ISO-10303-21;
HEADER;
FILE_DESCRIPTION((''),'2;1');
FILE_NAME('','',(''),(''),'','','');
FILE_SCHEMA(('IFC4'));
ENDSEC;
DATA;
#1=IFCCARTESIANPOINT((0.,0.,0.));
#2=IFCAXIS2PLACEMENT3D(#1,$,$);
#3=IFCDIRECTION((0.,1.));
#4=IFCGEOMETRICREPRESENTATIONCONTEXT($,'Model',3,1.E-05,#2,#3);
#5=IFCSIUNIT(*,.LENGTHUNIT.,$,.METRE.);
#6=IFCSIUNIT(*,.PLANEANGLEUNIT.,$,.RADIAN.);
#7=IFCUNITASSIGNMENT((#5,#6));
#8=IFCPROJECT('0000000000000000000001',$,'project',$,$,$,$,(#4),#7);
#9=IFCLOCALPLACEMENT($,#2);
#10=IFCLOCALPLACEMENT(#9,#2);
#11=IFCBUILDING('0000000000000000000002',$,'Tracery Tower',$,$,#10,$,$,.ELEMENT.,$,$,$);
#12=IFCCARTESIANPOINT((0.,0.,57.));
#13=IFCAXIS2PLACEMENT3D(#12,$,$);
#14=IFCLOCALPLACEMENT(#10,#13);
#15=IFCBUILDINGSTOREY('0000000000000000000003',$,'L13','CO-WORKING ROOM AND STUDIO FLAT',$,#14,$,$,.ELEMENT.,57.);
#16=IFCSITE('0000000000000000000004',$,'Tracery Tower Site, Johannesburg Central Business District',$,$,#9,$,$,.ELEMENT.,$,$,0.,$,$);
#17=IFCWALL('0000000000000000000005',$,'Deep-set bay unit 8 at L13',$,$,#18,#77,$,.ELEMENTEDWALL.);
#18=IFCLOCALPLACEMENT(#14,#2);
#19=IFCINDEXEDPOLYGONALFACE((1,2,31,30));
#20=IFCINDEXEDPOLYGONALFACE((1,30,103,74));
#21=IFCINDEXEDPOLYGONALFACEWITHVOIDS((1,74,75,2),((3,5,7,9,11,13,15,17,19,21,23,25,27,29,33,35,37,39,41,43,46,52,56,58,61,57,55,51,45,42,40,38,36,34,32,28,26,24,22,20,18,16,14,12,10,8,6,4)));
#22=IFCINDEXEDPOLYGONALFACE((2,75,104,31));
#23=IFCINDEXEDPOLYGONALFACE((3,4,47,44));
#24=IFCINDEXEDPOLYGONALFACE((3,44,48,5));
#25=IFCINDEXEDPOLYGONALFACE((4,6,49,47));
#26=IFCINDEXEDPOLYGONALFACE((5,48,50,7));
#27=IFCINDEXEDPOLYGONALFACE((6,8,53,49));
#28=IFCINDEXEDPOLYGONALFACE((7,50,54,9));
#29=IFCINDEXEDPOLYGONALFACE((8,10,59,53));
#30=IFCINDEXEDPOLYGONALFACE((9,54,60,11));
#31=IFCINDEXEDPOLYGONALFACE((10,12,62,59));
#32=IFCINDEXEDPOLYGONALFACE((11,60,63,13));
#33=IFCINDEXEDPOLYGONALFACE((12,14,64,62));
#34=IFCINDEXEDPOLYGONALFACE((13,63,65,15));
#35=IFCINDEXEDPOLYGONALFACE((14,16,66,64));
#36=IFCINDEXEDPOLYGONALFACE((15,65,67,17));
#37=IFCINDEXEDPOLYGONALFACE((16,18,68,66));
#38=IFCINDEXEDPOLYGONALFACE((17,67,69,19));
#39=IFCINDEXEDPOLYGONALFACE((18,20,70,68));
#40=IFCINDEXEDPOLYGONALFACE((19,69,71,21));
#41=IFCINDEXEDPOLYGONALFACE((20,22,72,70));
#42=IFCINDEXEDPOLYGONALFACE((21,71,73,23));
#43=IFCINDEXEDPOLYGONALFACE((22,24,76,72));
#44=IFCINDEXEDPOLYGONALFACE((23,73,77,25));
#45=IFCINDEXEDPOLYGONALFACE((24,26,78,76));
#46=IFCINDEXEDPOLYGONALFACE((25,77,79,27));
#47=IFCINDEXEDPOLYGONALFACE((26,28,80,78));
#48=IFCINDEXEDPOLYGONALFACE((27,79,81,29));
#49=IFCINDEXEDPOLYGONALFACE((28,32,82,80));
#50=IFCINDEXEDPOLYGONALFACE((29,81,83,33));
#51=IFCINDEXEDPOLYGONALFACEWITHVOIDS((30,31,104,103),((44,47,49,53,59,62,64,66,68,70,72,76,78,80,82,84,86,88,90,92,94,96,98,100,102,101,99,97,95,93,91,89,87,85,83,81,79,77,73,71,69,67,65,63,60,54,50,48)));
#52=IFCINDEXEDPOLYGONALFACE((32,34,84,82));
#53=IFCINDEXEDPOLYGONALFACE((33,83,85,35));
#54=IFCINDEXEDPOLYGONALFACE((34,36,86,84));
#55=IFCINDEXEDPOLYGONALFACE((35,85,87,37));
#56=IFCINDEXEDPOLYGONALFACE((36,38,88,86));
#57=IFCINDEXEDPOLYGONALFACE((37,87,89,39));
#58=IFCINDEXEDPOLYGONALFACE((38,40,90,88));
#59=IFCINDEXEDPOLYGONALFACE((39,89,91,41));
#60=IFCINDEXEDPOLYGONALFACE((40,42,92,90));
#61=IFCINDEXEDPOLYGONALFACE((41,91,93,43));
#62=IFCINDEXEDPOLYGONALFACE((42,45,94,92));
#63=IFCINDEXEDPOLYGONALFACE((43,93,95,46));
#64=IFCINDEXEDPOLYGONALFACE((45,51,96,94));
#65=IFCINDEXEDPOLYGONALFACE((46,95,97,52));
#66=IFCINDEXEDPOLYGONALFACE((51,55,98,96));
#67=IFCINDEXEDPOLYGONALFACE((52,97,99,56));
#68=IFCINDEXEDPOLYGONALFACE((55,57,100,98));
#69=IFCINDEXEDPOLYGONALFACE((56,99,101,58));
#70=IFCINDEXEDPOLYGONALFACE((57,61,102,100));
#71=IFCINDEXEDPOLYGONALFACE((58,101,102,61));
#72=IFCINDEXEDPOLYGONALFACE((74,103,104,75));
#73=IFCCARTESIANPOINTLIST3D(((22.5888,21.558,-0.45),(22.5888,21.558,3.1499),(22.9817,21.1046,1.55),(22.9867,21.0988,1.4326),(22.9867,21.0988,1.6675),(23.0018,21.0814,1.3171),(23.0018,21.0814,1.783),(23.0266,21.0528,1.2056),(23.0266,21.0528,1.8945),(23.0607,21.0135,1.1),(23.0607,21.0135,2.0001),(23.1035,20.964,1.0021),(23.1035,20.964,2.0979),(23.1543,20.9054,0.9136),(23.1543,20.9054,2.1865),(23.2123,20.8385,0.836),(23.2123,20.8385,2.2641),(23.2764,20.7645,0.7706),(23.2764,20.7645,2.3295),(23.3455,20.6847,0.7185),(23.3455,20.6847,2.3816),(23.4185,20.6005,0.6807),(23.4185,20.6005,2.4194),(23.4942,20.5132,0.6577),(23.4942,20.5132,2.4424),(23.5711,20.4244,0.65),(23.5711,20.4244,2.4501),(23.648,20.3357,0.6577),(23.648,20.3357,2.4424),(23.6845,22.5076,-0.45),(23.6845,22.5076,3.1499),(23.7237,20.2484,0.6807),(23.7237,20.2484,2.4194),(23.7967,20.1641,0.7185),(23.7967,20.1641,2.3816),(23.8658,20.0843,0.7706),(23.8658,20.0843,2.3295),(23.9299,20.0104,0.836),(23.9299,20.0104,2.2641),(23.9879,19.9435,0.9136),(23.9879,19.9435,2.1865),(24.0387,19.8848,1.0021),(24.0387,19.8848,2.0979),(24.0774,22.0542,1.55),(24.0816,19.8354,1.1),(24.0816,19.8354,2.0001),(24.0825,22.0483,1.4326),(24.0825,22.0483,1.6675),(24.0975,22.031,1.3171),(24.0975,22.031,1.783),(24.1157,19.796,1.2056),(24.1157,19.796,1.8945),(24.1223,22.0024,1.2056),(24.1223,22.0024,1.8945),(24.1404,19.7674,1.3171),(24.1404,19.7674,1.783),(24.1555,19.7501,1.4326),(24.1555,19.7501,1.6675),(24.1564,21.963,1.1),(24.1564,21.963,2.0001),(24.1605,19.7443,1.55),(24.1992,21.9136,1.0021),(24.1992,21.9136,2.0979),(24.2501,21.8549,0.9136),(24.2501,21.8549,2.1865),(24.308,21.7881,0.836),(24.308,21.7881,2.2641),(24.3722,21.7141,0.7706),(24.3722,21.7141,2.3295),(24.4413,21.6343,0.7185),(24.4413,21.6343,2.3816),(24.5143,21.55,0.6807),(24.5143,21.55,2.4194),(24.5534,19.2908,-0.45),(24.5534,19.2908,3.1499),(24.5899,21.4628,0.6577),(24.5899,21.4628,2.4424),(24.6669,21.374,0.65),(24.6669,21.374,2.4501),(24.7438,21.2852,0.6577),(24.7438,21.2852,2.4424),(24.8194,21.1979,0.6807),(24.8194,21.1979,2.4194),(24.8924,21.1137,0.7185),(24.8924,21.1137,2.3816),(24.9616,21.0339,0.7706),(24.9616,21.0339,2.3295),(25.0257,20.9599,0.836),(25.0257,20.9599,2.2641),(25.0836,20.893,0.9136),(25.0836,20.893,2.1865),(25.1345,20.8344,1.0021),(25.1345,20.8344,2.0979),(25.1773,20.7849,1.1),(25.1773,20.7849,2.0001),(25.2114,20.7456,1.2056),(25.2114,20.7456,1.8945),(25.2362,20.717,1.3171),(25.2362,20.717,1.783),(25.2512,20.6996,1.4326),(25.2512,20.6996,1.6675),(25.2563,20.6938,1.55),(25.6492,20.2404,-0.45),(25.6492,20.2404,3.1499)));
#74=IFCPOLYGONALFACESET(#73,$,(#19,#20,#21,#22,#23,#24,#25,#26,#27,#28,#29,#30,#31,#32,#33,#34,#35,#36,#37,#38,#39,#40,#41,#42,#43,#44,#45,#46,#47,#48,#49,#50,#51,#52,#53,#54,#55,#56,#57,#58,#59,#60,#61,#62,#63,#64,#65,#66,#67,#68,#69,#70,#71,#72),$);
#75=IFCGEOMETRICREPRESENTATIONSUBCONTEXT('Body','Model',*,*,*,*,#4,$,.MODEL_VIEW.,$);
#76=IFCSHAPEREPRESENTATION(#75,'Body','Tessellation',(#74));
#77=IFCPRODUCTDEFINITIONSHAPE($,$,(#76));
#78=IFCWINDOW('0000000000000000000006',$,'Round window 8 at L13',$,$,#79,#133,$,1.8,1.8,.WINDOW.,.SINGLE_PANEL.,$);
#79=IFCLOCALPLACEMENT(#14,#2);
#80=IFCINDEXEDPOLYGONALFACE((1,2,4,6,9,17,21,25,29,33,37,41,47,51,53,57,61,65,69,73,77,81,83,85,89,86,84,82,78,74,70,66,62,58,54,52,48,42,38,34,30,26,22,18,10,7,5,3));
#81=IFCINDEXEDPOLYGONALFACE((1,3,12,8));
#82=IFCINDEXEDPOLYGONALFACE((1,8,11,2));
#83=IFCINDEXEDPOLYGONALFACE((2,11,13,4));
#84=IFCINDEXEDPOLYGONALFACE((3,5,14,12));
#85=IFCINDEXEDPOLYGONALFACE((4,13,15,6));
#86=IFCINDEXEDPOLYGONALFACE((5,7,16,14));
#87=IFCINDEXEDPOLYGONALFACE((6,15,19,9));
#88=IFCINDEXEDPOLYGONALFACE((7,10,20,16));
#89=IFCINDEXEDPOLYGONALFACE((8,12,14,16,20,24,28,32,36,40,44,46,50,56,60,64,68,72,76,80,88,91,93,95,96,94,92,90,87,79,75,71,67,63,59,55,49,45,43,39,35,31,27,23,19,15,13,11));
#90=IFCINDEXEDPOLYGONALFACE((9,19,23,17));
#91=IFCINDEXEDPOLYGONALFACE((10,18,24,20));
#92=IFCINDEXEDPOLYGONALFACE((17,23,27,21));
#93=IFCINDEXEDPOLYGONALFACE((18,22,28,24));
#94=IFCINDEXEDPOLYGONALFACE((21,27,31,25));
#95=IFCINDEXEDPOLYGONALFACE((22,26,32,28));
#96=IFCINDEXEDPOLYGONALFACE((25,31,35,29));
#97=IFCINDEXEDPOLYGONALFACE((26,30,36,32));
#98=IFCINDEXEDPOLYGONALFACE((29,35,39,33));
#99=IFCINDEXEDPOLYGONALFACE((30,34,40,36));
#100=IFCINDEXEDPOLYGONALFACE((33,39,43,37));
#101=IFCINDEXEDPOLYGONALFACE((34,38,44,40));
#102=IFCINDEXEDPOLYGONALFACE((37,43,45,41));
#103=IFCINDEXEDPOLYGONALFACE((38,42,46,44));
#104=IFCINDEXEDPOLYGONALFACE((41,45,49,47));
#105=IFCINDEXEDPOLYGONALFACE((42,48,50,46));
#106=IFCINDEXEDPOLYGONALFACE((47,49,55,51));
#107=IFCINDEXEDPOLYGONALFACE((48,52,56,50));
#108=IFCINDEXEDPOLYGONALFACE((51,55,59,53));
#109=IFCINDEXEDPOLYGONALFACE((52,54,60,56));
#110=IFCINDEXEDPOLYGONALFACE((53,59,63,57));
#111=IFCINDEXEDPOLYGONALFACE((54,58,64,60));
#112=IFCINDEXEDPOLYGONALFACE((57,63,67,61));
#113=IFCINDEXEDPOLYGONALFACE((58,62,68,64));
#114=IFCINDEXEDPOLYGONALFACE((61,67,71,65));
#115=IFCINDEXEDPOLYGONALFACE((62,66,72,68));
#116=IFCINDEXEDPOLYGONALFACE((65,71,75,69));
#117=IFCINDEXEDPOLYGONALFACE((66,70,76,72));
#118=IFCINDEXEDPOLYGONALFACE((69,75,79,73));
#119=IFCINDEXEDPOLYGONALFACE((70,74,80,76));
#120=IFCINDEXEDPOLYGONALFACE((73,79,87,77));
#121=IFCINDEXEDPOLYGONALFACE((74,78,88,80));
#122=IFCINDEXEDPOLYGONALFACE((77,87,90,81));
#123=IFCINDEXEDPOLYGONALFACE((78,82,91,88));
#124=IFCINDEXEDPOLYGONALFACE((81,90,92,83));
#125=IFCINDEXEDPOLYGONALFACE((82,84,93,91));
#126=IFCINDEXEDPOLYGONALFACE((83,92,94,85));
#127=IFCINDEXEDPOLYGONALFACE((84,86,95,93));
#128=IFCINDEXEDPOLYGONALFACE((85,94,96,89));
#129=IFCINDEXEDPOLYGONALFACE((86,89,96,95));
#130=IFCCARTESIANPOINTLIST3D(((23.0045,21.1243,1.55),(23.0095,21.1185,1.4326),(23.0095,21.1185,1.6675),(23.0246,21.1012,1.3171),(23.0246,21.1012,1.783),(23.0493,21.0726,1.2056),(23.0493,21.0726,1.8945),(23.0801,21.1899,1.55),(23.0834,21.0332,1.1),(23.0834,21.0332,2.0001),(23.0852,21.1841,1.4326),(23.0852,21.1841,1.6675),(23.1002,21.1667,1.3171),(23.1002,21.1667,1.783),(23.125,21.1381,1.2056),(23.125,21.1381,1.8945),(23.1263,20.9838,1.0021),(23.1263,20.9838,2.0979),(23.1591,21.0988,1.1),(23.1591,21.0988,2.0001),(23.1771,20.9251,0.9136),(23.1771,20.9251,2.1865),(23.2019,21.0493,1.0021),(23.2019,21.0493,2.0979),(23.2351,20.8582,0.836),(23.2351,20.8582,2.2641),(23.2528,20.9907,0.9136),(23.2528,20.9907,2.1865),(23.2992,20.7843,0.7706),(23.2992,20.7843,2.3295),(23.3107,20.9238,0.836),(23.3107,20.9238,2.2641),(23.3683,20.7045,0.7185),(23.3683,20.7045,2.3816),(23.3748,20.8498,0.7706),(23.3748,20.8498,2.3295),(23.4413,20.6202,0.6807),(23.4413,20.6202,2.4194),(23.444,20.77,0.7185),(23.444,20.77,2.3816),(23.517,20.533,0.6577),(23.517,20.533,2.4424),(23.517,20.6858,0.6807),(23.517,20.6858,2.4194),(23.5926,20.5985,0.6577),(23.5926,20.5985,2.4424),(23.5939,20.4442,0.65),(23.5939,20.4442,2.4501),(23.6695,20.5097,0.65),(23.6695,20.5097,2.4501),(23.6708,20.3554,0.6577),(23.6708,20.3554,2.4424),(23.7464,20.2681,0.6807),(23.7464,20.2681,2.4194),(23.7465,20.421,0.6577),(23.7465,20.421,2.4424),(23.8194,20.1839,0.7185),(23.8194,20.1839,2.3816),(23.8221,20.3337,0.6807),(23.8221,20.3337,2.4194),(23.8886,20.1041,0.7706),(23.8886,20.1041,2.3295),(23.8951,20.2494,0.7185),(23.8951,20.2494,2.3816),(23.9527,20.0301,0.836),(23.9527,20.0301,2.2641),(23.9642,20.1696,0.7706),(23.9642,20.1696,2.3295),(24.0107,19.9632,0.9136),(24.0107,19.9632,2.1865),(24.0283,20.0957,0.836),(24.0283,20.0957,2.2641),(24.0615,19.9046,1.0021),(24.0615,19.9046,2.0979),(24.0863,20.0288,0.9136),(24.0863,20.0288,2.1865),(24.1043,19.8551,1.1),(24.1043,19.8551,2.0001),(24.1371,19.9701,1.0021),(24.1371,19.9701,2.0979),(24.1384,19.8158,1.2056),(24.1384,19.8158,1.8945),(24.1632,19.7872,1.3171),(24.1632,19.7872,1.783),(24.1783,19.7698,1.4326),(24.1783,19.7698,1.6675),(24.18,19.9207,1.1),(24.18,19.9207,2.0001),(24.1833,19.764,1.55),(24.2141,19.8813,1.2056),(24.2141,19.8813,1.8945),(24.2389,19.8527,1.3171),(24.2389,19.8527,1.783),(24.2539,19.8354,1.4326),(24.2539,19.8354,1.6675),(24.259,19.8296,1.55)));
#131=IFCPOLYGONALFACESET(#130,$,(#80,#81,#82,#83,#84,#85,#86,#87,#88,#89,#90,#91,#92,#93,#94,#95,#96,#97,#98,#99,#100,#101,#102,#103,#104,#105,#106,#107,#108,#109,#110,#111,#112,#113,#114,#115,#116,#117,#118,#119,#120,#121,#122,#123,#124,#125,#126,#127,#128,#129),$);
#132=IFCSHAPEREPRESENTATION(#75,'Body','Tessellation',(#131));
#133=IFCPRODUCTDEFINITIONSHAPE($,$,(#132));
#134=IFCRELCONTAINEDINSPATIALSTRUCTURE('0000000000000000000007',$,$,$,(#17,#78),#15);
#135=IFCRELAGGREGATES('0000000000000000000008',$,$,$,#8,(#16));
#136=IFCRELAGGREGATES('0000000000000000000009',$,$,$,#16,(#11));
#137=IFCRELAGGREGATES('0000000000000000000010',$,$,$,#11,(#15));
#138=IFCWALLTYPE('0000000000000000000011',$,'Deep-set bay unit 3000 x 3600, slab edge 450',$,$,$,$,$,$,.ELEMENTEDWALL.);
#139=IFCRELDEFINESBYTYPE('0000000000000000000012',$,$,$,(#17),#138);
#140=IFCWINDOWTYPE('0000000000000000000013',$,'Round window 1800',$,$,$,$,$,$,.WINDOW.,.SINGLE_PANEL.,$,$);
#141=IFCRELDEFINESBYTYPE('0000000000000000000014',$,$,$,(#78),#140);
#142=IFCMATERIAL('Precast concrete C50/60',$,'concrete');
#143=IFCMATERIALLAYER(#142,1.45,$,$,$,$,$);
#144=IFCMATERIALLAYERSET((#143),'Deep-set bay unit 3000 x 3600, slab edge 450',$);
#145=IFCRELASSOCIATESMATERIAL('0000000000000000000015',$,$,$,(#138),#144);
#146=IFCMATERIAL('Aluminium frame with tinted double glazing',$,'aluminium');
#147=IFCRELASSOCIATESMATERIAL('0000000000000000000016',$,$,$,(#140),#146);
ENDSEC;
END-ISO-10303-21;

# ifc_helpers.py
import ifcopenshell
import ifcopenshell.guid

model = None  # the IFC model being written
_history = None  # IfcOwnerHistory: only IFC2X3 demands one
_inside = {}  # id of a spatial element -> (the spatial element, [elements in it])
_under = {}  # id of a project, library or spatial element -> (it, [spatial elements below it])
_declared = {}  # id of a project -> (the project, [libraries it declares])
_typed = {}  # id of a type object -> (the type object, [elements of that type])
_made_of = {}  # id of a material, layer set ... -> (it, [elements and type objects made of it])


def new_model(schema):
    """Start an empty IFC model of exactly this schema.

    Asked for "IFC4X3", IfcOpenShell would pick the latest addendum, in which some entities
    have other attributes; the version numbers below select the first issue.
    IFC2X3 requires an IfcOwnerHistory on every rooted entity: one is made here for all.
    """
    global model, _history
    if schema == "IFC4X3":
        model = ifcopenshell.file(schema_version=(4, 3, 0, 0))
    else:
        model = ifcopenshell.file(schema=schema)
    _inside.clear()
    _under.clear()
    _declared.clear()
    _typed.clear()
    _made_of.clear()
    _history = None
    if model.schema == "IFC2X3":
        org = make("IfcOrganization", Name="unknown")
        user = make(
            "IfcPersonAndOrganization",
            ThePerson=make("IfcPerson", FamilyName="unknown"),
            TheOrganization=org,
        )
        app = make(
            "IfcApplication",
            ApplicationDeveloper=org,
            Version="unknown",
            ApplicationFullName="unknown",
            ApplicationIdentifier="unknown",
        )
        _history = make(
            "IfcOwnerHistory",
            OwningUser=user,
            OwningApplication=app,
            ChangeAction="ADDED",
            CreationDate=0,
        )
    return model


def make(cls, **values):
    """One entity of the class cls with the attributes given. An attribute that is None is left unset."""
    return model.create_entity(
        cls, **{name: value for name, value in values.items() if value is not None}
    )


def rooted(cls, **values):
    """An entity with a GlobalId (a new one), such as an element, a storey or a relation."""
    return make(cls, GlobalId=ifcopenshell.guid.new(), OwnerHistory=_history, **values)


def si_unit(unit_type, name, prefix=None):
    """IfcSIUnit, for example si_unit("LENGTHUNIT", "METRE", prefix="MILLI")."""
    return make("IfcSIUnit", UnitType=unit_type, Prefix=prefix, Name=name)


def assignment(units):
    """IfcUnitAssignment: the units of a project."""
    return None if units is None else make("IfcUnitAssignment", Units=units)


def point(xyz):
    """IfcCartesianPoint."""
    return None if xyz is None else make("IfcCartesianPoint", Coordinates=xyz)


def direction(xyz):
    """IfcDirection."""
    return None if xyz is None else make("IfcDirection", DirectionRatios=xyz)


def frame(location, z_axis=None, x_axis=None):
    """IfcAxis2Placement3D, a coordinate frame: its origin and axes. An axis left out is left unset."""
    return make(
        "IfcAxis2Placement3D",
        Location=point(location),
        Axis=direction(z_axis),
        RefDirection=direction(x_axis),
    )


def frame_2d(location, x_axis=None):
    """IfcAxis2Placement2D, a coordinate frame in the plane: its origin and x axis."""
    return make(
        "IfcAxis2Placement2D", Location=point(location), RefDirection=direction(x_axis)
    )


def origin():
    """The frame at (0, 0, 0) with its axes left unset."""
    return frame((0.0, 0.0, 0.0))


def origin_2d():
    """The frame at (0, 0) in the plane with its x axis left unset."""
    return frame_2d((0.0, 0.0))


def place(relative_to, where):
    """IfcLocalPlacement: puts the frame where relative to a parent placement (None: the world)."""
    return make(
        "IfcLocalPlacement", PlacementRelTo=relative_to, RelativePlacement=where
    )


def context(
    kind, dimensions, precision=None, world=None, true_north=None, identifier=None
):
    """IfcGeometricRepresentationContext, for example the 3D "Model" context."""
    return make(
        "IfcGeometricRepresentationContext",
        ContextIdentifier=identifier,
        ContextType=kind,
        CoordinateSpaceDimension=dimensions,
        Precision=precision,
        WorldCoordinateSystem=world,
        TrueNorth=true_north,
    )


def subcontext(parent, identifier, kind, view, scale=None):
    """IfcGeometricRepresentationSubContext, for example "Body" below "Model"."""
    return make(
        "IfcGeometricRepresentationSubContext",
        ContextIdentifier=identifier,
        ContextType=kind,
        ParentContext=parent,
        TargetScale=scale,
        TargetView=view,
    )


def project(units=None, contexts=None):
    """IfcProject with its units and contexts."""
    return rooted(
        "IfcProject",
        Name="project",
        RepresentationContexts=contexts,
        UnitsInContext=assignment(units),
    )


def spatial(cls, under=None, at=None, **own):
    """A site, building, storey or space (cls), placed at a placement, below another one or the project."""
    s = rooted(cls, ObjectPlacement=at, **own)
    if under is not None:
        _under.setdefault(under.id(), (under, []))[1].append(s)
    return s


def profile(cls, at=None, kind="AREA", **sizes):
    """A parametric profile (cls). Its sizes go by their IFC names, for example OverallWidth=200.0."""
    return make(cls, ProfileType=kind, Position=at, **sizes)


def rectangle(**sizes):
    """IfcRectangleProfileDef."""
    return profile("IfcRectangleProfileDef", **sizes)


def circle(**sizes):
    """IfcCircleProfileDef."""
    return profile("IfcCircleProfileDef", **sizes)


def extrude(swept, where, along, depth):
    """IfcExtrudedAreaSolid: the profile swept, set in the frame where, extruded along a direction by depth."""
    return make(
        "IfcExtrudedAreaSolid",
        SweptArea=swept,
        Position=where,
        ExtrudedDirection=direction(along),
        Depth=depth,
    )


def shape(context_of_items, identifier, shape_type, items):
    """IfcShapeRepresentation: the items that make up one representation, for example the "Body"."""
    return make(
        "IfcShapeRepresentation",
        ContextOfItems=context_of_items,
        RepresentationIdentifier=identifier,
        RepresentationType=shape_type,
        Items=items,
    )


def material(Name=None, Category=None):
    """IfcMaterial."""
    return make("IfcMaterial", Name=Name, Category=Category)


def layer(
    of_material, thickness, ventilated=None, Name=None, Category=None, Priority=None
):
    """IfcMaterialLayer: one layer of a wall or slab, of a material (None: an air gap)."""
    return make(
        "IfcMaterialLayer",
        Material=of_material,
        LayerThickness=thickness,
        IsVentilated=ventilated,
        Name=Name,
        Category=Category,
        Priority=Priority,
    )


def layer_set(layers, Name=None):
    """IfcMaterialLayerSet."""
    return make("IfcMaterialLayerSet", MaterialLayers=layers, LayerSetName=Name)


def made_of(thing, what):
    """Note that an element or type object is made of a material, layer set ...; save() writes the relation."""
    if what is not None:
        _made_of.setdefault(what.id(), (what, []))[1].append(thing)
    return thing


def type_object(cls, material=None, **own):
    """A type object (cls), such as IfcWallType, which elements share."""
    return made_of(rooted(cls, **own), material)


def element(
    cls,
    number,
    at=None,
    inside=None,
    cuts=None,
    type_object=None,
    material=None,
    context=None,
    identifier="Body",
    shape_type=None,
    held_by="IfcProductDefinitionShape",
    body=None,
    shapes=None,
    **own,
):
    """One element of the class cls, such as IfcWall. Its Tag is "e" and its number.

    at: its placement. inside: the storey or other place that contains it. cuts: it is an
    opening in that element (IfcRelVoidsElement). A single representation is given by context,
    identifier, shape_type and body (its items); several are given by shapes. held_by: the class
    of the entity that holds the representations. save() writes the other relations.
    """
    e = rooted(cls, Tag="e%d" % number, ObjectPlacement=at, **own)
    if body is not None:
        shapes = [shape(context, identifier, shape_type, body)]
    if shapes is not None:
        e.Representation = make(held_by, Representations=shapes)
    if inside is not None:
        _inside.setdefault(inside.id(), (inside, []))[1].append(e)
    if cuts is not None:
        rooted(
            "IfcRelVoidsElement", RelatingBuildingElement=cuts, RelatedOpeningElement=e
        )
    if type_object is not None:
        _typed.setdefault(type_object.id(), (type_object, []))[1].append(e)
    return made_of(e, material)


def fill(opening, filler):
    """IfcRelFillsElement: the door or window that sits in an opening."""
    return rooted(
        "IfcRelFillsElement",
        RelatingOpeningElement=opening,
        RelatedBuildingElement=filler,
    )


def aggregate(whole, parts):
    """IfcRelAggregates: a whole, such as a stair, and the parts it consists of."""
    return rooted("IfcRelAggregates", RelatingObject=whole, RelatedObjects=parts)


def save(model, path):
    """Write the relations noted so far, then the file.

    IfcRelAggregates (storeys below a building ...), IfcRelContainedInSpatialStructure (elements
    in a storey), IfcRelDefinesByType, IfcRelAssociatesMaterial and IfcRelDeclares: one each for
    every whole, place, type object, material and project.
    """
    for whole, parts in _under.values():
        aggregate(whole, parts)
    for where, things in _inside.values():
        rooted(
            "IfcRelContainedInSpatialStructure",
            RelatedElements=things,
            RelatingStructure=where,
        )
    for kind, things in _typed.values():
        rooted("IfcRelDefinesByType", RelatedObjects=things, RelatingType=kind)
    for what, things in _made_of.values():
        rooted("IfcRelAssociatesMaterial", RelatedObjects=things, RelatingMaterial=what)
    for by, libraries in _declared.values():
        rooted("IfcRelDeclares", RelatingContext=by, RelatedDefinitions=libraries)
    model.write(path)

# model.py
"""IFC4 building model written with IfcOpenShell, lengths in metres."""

from ifc_helpers import new_model, si_unit, direction, frame, frame_2d, origin, origin_2d, place, context, subcontext, project, spatial, rectangle, circle, extrude, material, layer, layer_set, type_object, element, fill, save


model = new_model("IFC4")

# Units and contexts
model_context = context("Model", 3, precision=1e-05, world=origin(), true_north=direction((0.0, 1.0)))
body_context = subcontext(model_context, "Body", "Model", "MODEL_VIEW")
ifc_project = project(units=[si_unit("LENGTHUNIT", "METRE"), si_unit("PLANEANGLEUNIT", "RADIAN")], contexts=[model_context])

# Site, building, storey
site_placement = place(None, origin())
site = spatial("IfcSite", under=ifc_project, at=site_placement, Name="Tracery Tower Site, Johannesburg Central Business District", CompositionType="ELEMENT", RefElevation=0.0)
building_placement = place(site_placement, origin())
building = spatial("IfcBuilding", under=site, at=building_placement, Name="Tracery Tower", CompositionType="ELEMENT")
storey_placement = place(building_placement, frame((0.0, 0.0, 57.0)))
storey = spatial("IfcBuildingStorey", under=building, at=storey_placement, Name="L13", Description="CO-WORKING ROOM AND STUDIO FLAT", CompositionType="ELEMENT", Elevation=57.0)

# Wall, opening, window
ifc_material_1 = material(Name="Precast concrete C50/60", Category="concrete")
ifc_layer_1 = layer(ifc_material_1, 1.45)
ifc_layer_set_1 = layer_set([ifc_layer_1], Name="Deep-set bay unit 3000 x 3600, slab edge 450")
wall_type_1 = type_object("IfcWallType", Name="Deep-set bay unit 3000 x 3600, slab edge 450", PredefinedType="ELEMENTEDWALL", material=ifc_layer_set_1)
wall_1_placement = place(storey_placement, frame((25.1013, 19.7656, -0.45), z_axis=(0.0, 0.0, 1.0), x_axis=(-0.65489, 0.755724, 0.0)))
wall_1 = element("IfcWall", 1, at=wall_1_placement, inside=storey, type_object=wall_type_1, Name="Deep-set bay unit 8 at L13", PredefinedType="ELEMENTEDWALL", context=body_context, shape_type="SweptSolid", body=[
    extrude(rectangle(XDim=3.0, YDim=1.45, at=frame_2d((1.5, 0.0))), origin(), (0.0, 0.0, 1.0), 3.5999),
])
opening_1_placement = place(wall_1_placement, frame((1.5, 0.0, 2.0)))
opening_1 = element("IfcOpeningElement", 2, at=opening_1_placement, cuts=wall_1, PredefinedType="OPENING", context=body_context, shape_type="SweptSolid", body=[
    extrude(circle(Radius=0.9, at=origin_2d()), frame((0.0, 0.7349, 0.0), z_axis=(0.0, -1.0, 0.0), x_axis=(1.0, 0.0, 0.0)), (0.0, 0.0, 1.0), 1.47),
])
ifc_material_2 = material(Name="Aluminium frame with tinted double glazing", Category="aluminium")
window_type = type_object("IfcWindowType", Name="Round window 1800", PartitioningType="SINGLE_PANEL", PredefinedType="WINDOW", material=ifc_material_2)
window_1_placement = place(opening_1_placement, origin())
window_1 = element("IfcWindow", 3, at=window_1_placement, inside=storey, type_object=window_type, Name="Round window 8 at L13", OverallHeight=1.8, OverallWidth=1.8, PartitioningType="SINGLE_PANEL", PredefinedType="WINDOW", context=body_context, shape_type="SweptSolid", body=[
    extrude(circle(Radius=0.9, at=origin_2d()), frame((0.0, 0.6948, 0.0), z_axis=(0.0, -1.0, 0.0), x_axis=(1.0, 0.0, 0.0)), (0.0, 0.0, 1.0), 0.1001),
])
fill(opening_1, window_1)

save(model, "model.ifc")
